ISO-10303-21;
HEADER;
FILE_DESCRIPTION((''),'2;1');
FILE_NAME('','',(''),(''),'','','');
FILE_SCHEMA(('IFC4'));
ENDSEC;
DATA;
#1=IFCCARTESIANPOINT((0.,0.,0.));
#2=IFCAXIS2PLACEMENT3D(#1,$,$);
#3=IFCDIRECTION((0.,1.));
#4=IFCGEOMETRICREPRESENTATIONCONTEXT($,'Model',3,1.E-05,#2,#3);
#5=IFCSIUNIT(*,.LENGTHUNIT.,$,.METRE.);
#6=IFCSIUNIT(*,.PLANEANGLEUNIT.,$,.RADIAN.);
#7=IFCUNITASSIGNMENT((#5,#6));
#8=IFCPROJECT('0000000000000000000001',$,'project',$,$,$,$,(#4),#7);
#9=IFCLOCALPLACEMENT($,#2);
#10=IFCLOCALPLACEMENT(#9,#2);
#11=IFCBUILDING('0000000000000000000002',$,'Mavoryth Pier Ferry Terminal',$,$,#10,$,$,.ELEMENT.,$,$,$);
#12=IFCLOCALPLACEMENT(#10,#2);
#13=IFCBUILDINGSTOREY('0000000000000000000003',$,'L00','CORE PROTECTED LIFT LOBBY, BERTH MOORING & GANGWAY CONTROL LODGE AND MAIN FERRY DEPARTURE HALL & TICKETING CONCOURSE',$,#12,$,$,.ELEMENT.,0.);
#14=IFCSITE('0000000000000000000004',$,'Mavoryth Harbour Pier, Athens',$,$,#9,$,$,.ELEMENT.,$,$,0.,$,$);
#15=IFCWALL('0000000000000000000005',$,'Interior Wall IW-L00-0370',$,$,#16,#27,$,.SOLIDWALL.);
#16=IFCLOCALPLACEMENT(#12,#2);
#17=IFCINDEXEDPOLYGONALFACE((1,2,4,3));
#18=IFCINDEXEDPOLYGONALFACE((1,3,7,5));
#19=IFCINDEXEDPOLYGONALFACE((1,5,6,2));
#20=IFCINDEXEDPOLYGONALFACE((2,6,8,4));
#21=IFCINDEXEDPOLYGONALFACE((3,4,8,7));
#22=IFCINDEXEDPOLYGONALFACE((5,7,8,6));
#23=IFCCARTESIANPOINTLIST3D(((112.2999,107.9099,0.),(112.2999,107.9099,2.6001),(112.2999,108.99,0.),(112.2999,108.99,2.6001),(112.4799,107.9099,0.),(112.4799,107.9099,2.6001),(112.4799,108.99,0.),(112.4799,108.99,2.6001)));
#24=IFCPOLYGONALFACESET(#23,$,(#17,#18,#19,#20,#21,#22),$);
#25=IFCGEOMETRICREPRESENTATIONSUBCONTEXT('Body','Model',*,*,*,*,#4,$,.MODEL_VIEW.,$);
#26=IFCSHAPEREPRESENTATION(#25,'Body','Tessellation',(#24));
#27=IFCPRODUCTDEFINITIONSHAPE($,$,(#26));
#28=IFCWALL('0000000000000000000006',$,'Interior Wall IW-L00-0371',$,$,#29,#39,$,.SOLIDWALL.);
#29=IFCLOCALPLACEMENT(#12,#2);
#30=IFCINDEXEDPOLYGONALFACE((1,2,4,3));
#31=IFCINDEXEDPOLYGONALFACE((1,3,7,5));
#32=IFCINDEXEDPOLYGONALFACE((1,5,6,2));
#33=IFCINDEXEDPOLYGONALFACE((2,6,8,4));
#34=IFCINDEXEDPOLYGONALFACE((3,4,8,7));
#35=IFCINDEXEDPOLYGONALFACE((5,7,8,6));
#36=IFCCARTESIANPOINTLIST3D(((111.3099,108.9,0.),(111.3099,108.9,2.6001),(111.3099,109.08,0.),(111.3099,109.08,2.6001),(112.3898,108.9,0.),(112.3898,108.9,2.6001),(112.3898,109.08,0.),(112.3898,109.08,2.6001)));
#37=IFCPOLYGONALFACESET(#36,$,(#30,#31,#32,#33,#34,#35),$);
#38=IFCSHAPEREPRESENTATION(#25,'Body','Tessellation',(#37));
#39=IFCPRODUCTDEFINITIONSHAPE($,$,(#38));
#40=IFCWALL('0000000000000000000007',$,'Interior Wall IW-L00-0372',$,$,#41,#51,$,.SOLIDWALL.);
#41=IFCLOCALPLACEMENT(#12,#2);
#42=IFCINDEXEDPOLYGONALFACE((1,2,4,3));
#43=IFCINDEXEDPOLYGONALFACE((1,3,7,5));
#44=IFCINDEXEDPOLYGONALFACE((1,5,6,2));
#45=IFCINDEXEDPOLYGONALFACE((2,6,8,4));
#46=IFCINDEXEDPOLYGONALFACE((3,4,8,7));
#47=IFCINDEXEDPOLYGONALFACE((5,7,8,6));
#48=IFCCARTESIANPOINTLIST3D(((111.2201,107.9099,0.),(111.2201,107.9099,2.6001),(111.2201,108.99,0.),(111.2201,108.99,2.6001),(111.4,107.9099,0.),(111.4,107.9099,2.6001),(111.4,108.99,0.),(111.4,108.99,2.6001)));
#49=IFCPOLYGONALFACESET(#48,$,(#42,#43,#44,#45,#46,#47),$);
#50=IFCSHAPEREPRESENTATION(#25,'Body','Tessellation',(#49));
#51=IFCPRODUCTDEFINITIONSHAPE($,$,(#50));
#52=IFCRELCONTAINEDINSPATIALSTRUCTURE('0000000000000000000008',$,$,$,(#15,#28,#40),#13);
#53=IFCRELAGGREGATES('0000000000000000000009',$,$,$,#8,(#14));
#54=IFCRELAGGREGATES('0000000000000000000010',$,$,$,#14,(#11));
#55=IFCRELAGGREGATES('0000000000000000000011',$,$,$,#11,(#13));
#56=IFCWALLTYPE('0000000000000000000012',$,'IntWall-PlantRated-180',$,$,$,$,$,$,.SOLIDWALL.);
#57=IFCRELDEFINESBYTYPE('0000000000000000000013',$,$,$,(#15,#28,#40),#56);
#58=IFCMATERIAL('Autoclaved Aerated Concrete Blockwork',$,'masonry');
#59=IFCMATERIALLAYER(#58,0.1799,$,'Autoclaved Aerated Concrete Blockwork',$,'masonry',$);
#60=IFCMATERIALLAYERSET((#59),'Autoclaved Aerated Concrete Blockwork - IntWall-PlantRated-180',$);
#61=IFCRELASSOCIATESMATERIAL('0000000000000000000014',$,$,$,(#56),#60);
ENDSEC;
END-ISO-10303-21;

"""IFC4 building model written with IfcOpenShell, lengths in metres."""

from ifc_helpers import new_model, si_unit, direction, frame, frame_2d, origin, place, context, subcontext, project, spatial, rectangle, extrude, material, layer, layer_set, type_object, element, save


model = new_model("IFC4")

# Units and contexts
model_context = context("Model", 3, precision=1e-05, world=origin(), true_north=direction((0.0, 1.0)))
body_context = subcontext(model_context, "Body", "Model", "MODEL_VIEW")
ifc_project = project(units=[si_unit("LENGTHUNIT", "METRE"), si_unit("PLANEANGLEUNIT", "RADIAN")], contexts=[model_context])

# Site, building, storey
site_placement = place(None, origin())
site = spatial("IfcSite", under=ifc_project, at=site_placement, Name="Mavoryth Harbour Pier, Athens", CompositionType="ELEMENT", RefElevation=0.0)
building_placement = place(site_placement, origin())
building = spatial("IfcBuilding", under=site, at=building_placement, Name="Mavoryth Pier Ferry Terminal", CompositionType="ELEMENT")
storey_placement = place(building_placement, origin())
storey = spatial("IfcBuildingStorey", under=building, at=storey_placement, Name="L00", Description="CORE PROTECTED LIFT LOBBY, BERTH MOORING & GANGWAY CONTROL LODGE AND MAIN FERRY DEPARTURE HALL & TICKETING CONCOURSE", CompositionType="ELEMENT", Elevation=0.0)

# Walls
ifc_material_1 = material(Name="Autoclaved Aerated Concrete Blockwork", Category="masonry")
ifc_layer = layer(ifc_material_1, 0.1799, Name="Autoclaved Aerated Concrete Blockwork", Category="masonry")
ifc_layer_set = layer_set([ifc_layer], Name="Autoclaved Aerated Concrete Blockwork - IntWall-PlantRated-180")
wall_type = type_object("IfcWallType", Name="IntWall-PlantRated-180", PredefinedType="SOLIDWALL", material=ifc_layer_set)
wall_1_placement = place(storey_placement, frame((112.3899, 107.9099, 0.0), z_axis=(0.0, 0.0, 1.0), x_axis=(0.0, 1.0, 0.0)))
element("IfcWall", 1, at=wall_1_placement, inside=storey, type_object=wall_type, Name="Interior Wall IW-L00-0370", PredefinedType="SOLIDWALL", context=body_context, shape_type="SweptSolid", body=[
    extrude(rectangle(XDim=1.0801, YDim=0.1799, at=frame_2d((0.54, 0.0))), origin(), (0.0, 0.0, 1.0), 2.6001),
])
wall_2_placement = place(storey_placement, frame((112.3899, 108.99, 0.0), z_axis=(0.0, 0.0, 1.0), x_axis=(-1.0, 0.0, 0.0)))
element("IfcWall", 2, at=wall_2_placement, inside=storey, type_object=wall_type, Name="Interior Wall IW-L00-0371", PredefinedType="SOLIDWALL", context=body_context, shape_type="SweptSolid", body=[
    extrude(rectangle(XDim=1.0798, YDim=0.1799, at=frame_2d((0.54, 0.0))), origin(), (0.0, 0.0, 1.0), 2.6001),
])
wall_3_placement = place(storey_placement, frame((111.3101, 108.99, 0.0), z_axis=(0.0, 0.0, 1.0), x_axis=(0.0, -1.0, 0.0)))
element("IfcWall", 3, at=wall_3_placement, inside=storey, type_object=wall_type, Name="Interior Wall IW-L00-0372", PredefinedType="SOLIDWALL", context=body_context, shape_type="SweptSolid", body=[
    extrude(rectangle(XDim=1.0801, YDim=0.1799, at=frame_2d((0.54, 0.0))), origin(), (0.0, 0.0, 1.0), 2.6001),
])

save(model, "model.ifc")
